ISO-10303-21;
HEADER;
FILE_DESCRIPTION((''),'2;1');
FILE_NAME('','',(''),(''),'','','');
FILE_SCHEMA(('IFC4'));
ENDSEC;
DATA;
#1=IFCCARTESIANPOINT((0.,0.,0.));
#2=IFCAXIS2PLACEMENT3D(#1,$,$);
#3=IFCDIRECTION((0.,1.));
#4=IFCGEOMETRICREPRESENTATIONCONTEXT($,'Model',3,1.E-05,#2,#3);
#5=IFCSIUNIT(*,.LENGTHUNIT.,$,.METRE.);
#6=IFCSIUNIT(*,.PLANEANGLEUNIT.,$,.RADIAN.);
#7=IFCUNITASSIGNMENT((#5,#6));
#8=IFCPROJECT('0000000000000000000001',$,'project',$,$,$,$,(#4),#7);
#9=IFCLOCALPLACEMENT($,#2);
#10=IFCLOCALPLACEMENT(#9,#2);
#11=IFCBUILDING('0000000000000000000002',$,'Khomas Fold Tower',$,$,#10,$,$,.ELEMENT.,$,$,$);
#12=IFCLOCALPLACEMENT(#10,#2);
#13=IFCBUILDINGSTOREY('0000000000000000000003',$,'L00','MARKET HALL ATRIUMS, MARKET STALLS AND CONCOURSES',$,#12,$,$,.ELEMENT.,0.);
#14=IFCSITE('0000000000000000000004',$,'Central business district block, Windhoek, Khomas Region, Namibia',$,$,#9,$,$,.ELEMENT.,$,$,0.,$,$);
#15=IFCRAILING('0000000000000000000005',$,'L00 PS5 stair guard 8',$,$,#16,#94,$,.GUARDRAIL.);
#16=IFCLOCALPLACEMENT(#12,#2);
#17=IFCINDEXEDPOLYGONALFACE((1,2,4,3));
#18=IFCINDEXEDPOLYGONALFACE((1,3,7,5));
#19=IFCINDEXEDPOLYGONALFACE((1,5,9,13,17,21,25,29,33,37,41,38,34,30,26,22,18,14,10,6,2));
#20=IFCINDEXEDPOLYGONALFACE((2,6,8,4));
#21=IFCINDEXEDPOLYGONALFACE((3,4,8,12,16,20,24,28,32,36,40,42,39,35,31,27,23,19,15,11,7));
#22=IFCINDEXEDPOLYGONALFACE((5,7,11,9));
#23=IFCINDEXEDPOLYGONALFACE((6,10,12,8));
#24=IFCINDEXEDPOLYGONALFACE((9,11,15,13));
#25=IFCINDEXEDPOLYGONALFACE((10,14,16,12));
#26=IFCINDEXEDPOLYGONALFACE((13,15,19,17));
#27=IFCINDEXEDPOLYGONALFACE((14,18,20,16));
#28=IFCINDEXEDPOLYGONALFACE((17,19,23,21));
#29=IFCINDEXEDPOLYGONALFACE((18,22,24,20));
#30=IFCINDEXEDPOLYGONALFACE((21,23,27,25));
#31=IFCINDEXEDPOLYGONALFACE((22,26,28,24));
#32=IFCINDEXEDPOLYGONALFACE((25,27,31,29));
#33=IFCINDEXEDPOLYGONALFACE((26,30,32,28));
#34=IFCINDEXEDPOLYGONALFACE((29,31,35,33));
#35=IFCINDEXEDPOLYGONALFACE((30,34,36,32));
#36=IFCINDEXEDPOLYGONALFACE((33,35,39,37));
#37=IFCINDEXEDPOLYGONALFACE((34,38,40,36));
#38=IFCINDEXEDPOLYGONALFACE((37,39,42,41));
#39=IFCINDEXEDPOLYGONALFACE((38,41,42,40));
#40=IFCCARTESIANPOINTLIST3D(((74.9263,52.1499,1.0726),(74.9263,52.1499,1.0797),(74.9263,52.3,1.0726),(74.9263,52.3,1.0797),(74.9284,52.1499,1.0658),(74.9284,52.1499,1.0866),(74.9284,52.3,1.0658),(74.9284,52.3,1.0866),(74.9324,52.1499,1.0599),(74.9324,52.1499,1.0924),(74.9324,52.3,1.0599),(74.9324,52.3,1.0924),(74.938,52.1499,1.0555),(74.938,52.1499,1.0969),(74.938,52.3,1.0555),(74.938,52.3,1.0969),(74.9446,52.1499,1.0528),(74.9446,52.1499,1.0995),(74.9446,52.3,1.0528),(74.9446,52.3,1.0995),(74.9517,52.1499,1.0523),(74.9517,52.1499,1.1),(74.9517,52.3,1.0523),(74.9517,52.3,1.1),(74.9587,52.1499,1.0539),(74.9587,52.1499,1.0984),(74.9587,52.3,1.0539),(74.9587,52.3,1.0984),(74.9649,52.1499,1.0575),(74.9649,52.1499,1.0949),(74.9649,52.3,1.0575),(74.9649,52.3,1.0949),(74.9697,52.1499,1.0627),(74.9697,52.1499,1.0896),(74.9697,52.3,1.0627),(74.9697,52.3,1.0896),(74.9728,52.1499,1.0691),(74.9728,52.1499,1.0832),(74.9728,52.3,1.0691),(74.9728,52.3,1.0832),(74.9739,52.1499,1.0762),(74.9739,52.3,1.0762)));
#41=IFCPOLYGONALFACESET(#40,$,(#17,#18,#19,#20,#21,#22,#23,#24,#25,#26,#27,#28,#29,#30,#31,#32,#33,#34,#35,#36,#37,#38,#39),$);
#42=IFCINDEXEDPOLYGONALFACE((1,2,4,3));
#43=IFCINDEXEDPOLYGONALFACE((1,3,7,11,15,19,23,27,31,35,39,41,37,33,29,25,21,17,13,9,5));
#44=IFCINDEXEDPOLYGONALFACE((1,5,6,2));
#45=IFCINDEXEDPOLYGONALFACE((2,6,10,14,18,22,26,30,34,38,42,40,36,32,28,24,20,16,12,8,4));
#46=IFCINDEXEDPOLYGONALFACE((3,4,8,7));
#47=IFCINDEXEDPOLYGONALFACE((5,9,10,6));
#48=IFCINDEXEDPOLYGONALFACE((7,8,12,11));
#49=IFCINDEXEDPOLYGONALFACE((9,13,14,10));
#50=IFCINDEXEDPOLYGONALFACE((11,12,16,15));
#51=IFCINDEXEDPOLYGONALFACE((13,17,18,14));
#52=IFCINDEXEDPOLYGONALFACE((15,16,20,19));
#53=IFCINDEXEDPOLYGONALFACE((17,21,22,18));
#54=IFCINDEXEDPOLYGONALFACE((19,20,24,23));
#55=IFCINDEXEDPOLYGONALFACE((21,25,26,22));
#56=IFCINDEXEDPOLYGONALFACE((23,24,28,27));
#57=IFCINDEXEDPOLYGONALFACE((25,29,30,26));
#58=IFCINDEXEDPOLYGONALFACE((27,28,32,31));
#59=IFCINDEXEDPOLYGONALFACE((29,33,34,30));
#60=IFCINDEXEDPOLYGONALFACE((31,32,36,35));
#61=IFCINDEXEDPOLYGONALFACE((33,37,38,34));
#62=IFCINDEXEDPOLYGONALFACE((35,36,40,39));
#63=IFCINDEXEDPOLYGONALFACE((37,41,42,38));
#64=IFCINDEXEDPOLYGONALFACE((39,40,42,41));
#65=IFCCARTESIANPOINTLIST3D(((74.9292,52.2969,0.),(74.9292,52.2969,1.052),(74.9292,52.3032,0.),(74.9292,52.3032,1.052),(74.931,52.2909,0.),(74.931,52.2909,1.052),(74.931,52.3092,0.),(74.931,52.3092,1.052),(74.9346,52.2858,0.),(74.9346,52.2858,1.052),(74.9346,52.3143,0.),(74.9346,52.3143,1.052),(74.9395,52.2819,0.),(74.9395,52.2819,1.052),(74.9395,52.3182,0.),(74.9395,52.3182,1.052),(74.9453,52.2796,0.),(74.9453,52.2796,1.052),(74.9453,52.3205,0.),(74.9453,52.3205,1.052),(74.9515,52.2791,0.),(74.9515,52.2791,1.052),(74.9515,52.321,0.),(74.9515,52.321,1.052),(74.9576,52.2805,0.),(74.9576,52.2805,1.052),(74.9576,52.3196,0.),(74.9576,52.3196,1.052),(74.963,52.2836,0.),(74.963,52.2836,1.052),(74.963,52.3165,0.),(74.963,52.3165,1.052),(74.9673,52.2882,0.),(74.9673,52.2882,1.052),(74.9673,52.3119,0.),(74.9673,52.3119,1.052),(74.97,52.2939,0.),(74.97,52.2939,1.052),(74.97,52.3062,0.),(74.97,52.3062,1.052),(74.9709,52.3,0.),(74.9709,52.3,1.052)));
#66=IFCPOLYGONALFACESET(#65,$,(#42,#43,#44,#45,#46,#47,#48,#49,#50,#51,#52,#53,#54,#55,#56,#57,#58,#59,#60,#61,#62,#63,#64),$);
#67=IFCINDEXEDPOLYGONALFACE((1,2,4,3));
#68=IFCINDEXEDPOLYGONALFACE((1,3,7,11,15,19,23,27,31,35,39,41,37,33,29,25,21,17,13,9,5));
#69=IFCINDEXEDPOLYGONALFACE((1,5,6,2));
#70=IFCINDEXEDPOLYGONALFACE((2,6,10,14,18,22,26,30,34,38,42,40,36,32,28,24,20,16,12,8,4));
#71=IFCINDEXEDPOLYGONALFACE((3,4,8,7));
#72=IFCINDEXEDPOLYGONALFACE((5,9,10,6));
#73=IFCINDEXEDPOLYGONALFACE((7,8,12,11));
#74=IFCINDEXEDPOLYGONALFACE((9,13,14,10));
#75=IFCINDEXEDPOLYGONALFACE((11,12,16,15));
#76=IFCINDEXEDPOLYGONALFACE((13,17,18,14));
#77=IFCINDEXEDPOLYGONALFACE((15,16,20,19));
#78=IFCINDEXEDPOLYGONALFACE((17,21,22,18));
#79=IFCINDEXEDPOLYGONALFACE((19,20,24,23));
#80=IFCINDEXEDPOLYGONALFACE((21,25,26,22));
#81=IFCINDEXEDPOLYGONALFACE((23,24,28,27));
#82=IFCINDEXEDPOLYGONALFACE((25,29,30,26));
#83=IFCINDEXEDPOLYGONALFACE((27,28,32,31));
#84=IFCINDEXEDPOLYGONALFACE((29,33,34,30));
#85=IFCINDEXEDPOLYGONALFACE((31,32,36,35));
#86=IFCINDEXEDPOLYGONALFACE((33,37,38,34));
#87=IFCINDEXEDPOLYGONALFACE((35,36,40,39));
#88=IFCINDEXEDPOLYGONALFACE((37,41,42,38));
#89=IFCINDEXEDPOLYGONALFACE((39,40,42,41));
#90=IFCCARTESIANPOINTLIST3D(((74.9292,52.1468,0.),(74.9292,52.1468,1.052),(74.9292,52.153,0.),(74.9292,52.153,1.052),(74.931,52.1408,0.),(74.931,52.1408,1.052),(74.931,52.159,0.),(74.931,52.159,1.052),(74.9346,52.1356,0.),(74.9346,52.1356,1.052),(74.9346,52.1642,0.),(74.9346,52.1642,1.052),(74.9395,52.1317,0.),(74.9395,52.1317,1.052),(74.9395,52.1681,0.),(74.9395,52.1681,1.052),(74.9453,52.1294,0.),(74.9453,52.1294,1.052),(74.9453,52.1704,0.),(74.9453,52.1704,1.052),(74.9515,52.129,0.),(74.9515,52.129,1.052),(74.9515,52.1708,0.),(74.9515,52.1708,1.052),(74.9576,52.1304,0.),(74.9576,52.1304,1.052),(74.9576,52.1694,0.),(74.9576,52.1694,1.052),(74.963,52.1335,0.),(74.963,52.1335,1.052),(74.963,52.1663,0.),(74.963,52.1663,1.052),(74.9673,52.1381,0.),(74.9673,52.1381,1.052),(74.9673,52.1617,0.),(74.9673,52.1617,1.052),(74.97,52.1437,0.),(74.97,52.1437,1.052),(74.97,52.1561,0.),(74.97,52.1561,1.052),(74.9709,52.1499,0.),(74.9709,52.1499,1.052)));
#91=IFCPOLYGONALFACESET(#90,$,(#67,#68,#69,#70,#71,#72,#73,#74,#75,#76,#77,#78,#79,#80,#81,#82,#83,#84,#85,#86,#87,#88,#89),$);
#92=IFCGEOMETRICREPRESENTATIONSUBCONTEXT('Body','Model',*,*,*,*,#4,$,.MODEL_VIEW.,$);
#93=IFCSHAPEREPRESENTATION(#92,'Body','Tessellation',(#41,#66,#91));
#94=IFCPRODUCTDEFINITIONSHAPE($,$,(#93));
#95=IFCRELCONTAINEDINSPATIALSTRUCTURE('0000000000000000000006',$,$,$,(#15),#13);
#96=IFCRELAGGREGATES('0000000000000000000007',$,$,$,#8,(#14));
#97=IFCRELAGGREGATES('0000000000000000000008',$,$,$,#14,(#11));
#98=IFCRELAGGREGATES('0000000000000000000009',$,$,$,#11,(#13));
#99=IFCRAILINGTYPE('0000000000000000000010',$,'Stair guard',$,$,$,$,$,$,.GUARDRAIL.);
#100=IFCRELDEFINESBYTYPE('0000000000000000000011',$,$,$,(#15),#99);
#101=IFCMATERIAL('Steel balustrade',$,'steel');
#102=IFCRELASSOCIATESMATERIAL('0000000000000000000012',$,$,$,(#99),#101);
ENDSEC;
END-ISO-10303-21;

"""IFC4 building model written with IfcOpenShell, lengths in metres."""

from ifc_helpers import new_model, si_unit, direction, frame, origin, origin_2d, place, context, subcontext, project, spatial, circle, extrude, source, transform, mapped, material, type_object, element, save


model = new_model("IFC4")

# Units and contexts
model_context = context("Model", 3, precision=1e-05, world=origin(), true_north=direction((0.0, 1.0)))
body_context = subcontext(model_context, "Body", "Model", "MODEL_VIEW")
ifc_project = project(units=[si_unit("LENGTHUNIT", "METRE"), si_unit("PLANEANGLEUNIT", "RADIAN")], contexts=[model_context])

# Site, building, storey
site_placement = place(None, origin())
site = spatial("IfcSite", under=ifc_project, at=site_placement, Name="Central business district block, Windhoek, Khomas Region, Namibia", CompositionType="ELEMENT", RefElevation=0.0)
building_placement = place(site_placement, origin())
building = spatial("IfcBuilding", under=site, at=building_placement, Name="Khomas Fold Tower", CompositionType="ELEMENT")
storey_placement = place(building_placement, origin())
storey = spatial("IfcBuildingStorey", under=building, at=storey_placement, Name="L00", Description="MARKET HALL ATRIUMS, MARKET STALLS AND CONCOURSES", CompositionType="ELEMENT", Elevation=0.0)

# Railing
ifc_material_1 = material(Name="Steel balustrade", Category="steel")
railing_type_1 = type_object("IfcRailingType", Name="Stair guard", PredefinedType="GUARDRAIL", material=ifc_material_1)
shared_shape_1 = source(origin(), body_context, "Body", "SweptSolid", [
    extrude(circle(Radius=0.0239, at=origin_2d()), frame((0.0, 0.0, 1.0762), z_axis=(0.0, -1.0, 0.0), x_axis=(1.0, 0.0, 0.0)), (0.0, 0.0, 1.0), 0.1501),
    extrude(circle(Radius=0.021, at=origin_2d()), origin(), (0.0, 0.0, 1.0), 1.052),
    extrude(circle(Radius=0.021, at=origin_2d()), frame((0.0, -0.1501, 0.0)), (0.0, 0.0, 1.0), 1.052),
])
for number, where, name in (
    (1, (74.95, 52.3, 0.0), "L00 PS5 stair guard 8"),
):
    element("IfcRailing", number, at=place(storey_placement, frame(where)), inside=storey, type_object=railing_type_1, Name=name, PredefinedType="GUARDRAIL", context=body_context, shape_type="MappedRepresentation", body=[
        mapped(shared_shape_1, transform((0.0, 0.0, 0.0))),
    ])

save(model, "model.ifc")
